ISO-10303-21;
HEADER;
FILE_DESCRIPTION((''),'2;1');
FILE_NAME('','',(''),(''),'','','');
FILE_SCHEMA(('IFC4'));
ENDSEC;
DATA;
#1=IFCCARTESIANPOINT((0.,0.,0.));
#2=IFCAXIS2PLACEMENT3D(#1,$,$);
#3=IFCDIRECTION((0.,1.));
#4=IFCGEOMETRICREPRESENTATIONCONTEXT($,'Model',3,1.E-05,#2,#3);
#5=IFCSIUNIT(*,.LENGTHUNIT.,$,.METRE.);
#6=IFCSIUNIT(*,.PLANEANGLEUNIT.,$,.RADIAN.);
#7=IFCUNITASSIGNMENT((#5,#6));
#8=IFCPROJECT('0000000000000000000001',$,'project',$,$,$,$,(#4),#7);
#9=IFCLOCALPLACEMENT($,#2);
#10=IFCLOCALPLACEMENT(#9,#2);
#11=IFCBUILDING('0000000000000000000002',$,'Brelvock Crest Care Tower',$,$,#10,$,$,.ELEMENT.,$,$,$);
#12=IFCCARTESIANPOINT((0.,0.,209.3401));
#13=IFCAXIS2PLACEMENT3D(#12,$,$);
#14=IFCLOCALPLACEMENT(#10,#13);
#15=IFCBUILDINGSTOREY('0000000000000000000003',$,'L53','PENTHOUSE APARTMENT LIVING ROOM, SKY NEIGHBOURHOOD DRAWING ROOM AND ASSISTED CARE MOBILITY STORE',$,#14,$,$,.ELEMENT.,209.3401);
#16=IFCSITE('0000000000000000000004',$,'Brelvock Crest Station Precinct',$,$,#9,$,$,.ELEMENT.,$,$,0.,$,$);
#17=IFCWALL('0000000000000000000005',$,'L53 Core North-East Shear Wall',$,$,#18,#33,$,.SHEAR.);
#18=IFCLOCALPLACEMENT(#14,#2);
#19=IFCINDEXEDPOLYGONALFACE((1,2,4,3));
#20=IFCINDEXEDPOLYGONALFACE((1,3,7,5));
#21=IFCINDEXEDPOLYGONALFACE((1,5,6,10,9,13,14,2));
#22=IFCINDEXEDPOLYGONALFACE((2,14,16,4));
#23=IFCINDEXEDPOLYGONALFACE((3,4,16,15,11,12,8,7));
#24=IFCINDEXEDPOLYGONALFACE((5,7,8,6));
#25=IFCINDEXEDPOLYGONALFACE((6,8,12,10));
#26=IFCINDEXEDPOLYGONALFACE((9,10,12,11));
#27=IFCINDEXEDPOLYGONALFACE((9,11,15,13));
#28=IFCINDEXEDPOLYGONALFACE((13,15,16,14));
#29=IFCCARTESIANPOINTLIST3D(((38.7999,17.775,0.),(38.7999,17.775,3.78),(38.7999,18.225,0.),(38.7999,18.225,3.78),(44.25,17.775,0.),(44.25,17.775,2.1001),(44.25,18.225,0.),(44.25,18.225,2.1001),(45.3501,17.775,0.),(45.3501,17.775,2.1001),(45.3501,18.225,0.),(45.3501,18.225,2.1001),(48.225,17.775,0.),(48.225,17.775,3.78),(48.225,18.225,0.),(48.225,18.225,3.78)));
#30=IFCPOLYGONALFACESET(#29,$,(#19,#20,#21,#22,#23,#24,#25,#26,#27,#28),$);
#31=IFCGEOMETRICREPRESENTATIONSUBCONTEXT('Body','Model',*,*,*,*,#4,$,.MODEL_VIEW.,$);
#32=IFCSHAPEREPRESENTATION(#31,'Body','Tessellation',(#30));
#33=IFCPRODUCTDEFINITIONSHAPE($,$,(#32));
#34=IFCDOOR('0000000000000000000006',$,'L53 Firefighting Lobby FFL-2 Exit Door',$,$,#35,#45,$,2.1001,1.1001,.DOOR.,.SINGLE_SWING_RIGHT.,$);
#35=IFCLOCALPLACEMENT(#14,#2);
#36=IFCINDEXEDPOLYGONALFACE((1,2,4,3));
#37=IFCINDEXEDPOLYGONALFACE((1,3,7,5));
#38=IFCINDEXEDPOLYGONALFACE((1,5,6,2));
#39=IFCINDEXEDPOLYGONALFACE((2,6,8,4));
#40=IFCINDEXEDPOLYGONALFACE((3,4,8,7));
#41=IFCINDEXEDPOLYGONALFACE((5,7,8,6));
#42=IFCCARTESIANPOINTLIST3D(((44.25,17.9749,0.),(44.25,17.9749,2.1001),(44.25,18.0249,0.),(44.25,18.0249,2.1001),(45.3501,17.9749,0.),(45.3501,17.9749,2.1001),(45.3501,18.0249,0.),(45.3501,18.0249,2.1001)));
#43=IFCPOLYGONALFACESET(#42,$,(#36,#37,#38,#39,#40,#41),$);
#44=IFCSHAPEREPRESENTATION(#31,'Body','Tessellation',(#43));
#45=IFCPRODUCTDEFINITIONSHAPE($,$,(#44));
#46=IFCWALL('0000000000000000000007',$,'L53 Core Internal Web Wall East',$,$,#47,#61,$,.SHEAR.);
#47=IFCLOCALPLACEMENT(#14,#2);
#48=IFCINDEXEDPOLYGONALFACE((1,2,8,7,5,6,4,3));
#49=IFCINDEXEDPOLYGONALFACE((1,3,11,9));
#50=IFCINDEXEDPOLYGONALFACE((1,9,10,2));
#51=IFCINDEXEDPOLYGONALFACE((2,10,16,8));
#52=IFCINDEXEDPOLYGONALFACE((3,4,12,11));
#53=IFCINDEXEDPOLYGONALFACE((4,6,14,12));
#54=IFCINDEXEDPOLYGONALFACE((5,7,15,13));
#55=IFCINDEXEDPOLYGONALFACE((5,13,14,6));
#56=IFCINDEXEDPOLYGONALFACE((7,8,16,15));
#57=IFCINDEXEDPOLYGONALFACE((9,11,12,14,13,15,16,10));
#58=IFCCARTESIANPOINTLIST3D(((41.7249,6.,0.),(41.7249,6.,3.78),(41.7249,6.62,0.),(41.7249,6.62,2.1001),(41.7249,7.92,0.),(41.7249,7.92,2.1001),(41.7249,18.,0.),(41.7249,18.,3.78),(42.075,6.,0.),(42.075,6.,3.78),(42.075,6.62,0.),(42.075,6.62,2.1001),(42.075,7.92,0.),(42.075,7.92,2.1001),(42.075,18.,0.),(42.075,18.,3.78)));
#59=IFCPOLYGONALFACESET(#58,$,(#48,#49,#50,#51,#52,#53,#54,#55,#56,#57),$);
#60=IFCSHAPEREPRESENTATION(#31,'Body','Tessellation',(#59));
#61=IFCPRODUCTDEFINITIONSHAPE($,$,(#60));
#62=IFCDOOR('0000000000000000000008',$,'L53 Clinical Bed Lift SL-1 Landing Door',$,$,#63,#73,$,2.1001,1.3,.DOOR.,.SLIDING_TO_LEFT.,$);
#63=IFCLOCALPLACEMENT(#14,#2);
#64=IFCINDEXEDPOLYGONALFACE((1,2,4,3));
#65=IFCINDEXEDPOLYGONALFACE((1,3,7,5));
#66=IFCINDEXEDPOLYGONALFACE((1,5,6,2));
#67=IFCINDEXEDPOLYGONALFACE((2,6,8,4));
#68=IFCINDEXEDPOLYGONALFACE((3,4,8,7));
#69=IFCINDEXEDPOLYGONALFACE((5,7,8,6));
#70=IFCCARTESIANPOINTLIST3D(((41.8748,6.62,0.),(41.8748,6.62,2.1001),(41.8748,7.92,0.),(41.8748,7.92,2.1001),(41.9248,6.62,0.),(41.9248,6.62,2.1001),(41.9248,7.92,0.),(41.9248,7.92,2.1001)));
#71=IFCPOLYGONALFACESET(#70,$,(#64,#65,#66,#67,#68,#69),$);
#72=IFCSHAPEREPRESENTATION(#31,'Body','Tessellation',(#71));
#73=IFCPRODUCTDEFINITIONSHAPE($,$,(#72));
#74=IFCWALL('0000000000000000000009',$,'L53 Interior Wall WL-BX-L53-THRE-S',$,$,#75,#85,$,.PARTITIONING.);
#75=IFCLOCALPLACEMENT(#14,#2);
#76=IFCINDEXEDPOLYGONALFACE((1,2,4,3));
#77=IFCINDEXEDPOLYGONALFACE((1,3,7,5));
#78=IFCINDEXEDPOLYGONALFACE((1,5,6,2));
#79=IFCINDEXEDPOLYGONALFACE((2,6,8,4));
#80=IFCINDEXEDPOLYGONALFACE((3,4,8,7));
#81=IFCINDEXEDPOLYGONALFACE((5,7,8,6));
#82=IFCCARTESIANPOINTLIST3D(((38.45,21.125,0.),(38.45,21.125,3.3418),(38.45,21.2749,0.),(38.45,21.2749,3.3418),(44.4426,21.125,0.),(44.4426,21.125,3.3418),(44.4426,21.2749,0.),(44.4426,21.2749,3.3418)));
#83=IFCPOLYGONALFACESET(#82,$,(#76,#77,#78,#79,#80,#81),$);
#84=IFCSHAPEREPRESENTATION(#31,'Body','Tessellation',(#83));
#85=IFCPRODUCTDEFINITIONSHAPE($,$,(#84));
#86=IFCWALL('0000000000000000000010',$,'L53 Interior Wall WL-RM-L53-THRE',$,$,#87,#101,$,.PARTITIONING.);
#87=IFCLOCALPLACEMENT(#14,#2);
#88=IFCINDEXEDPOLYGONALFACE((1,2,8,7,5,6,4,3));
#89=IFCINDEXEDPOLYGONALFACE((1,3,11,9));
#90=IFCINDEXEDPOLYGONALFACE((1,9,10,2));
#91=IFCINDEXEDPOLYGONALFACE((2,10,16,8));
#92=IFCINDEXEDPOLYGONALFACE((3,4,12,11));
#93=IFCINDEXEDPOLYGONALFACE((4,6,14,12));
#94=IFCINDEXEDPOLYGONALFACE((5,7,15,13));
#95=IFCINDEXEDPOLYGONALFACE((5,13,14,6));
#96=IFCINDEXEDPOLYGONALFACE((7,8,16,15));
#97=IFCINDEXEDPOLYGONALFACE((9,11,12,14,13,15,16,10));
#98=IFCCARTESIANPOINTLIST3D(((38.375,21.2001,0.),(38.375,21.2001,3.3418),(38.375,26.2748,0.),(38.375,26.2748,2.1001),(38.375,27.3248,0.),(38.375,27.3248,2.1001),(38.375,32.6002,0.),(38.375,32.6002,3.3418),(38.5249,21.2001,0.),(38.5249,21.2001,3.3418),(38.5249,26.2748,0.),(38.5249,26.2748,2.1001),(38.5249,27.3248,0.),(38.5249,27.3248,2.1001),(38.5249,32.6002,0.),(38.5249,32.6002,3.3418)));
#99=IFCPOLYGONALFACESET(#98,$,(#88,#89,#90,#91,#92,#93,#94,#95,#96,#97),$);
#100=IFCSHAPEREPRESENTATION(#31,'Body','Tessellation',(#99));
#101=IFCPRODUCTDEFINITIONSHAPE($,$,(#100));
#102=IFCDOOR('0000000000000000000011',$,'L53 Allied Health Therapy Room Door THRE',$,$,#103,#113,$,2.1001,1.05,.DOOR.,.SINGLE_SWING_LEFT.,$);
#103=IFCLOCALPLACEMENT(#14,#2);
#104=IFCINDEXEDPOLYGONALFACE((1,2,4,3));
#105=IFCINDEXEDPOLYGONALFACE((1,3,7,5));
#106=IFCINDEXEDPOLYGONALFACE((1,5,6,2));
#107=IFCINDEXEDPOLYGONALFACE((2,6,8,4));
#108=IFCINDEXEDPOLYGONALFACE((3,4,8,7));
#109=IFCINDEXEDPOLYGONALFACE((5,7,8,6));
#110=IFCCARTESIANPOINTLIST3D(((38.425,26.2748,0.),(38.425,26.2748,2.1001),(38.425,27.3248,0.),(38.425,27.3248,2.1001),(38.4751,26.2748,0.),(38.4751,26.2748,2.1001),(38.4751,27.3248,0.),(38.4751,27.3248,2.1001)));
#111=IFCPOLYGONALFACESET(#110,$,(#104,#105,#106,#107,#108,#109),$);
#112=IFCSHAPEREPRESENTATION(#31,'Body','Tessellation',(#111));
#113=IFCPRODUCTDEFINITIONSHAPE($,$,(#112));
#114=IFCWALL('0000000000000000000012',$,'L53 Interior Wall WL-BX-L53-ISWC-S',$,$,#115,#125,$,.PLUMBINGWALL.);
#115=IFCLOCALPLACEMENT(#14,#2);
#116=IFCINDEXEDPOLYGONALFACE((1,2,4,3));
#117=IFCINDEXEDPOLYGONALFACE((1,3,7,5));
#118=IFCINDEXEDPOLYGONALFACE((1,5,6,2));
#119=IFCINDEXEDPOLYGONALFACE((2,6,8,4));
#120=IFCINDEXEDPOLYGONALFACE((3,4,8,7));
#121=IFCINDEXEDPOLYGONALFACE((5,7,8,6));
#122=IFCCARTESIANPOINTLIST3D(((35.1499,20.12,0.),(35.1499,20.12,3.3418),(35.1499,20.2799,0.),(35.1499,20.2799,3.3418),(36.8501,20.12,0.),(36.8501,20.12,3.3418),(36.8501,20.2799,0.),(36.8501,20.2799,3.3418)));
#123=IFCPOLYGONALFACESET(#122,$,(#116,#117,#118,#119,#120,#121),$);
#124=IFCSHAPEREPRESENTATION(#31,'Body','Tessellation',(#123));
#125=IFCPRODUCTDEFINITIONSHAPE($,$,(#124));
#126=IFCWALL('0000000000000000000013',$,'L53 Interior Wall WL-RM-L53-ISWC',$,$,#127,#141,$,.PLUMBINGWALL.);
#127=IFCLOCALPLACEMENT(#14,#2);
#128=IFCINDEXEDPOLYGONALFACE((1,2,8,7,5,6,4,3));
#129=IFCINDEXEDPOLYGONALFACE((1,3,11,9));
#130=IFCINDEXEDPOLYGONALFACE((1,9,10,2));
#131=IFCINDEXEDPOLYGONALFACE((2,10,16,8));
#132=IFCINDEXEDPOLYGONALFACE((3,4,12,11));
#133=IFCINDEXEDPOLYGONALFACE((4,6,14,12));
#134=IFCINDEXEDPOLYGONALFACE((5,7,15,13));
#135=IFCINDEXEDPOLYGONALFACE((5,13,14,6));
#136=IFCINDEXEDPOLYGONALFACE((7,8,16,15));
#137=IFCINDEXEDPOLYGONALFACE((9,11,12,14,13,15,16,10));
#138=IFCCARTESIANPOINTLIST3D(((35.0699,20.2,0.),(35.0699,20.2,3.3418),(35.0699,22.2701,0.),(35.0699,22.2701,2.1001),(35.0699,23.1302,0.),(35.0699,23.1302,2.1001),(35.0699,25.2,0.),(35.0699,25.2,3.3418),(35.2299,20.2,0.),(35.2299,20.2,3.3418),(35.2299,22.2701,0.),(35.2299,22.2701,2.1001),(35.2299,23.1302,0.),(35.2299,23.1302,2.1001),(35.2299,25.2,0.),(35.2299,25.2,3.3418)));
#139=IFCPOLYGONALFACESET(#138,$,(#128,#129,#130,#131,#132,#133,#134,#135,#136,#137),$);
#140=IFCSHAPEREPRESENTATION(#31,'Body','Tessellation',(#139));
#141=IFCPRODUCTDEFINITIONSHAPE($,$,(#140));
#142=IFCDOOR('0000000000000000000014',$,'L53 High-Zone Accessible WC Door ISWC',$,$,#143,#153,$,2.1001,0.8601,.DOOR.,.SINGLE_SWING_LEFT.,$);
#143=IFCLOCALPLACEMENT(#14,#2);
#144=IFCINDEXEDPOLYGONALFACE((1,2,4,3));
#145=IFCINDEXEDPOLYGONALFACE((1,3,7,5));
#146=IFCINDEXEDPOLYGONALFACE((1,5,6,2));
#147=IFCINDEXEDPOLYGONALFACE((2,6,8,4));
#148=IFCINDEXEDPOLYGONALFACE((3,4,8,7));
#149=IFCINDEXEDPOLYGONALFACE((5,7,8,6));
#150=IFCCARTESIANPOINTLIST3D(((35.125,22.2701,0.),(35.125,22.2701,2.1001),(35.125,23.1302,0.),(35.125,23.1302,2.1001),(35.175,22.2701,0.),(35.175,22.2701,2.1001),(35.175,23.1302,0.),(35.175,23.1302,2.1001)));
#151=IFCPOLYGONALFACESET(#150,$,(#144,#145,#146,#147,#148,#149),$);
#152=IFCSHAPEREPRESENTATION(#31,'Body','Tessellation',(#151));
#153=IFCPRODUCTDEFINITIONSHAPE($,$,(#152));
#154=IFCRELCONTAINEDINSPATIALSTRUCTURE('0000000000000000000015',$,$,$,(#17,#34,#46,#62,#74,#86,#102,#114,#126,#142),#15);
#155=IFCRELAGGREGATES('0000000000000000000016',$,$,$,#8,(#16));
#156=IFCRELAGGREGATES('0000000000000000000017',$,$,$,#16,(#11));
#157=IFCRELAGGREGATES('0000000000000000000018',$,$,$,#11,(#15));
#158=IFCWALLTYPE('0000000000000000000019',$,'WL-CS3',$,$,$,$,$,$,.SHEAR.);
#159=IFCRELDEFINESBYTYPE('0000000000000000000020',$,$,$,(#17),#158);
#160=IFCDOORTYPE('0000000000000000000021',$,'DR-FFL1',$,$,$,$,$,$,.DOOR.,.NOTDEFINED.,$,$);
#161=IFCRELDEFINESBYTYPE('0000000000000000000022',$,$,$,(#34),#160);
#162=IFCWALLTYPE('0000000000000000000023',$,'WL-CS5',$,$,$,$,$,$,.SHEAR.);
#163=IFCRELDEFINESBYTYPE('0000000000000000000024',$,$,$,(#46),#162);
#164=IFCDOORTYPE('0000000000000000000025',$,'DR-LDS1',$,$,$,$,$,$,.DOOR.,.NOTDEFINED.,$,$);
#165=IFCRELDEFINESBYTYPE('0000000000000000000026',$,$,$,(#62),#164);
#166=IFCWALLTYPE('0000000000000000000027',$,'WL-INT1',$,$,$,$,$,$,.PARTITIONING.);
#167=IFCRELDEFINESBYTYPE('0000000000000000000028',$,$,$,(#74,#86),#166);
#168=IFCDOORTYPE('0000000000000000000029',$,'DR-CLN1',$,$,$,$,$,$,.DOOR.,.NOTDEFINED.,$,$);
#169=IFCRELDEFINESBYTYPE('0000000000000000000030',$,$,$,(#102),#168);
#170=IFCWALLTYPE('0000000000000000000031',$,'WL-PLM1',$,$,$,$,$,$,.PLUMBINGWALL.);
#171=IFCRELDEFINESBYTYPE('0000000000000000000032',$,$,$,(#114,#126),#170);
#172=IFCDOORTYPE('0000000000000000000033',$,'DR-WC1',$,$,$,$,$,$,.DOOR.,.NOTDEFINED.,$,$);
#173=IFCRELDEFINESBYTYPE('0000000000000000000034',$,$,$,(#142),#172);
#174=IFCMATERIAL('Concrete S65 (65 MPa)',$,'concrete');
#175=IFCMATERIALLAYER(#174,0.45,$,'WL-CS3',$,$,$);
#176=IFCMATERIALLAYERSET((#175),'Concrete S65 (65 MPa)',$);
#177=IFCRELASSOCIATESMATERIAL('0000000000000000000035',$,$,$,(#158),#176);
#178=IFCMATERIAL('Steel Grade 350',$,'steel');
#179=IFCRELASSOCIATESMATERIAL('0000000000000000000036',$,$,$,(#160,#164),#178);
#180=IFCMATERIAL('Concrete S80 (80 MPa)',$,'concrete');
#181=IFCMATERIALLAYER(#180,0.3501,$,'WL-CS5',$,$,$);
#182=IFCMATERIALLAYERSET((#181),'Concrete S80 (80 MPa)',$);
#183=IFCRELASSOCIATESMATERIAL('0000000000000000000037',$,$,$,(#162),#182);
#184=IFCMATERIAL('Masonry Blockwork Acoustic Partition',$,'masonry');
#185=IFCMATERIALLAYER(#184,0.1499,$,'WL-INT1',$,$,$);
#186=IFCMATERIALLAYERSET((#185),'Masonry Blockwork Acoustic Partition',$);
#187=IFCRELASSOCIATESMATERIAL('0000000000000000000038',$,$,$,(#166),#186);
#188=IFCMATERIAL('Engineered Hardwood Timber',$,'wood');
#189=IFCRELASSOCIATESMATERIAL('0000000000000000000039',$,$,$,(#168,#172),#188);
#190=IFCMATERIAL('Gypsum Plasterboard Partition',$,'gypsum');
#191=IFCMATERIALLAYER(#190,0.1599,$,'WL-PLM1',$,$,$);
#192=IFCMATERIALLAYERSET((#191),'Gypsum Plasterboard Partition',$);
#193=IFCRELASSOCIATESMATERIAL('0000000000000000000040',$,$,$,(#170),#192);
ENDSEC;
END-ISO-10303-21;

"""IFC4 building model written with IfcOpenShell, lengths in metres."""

from ifc_helpers import new_model, si_unit, direction, frame, frame_2d, origin, origin_2d, place, context, subcontext, project, spatial, rectangle, extrude, source, transform, mapped, material, layer, layer_set, type_object, element, fill, save


model = new_model("IFC4")

# Units and contexts
model_context = context("Model", 3, precision=1e-05, world=origin(), true_north=direction((0.0, 1.0)))
body_context = subcontext(model_context, "Body", "Model", "MODEL_VIEW")
ifc_project = project(units=[si_unit("LENGTHUNIT", "METRE"), si_unit("PLANEANGLEUNIT", "RADIAN")], contexts=[model_context])

# Site, building, storey
site_placement = place(None, origin())
site = spatial("IfcSite", under=ifc_project, at=site_placement, Name="Brelvock Crest Station Precinct", CompositionType="ELEMENT", RefElevation=0.0)
building_placement = place(site_placement, origin())
building = spatial("IfcBuilding", under=site, at=building_placement, Name="Brelvock Crest Care Tower", CompositionType="ELEMENT")
storey_placement = place(building_placement, frame((0.0, 0.0, 209.3401)))
storey = spatial("IfcBuildingStorey", under=building, at=storey_placement, Name="L53", Description="PENTHOUSE APARTMENT LIVING ROOM, SKY NEIGHBOURHOOD DRAWING ROOM AND ASSISTED CARE MOBILITY STORE", CompositionType="ELEMENT", Elevation=209.3401)

# Shared definitions
ifc_material_1 = material(Name="Concrete S65 (65 MPa)", Category="concrete")

# Shared definitions
ifc_material_2 = material(Name="Steel Grade 350", Category="steel")

# Walls, openings, doors
ifc_layer_1 = layer(ifc_material_1, 0.45, Name="WL-CS3")
ifc_layer_set_1 = layer_set([ifc_layer_1], Name="Concrete S65 (65 MPa)")
wall_type_1 = type_object("IfcWallType", Name="WL-CS3", PredefinedType="SHEAR", material=ifc_layer_set_1)
wall_1_placement = place(storey_placement, frame((38.8, 18.0, 0.0), z_axis=(0.0, 0.0, 1.0), x_axis=(1.0, 0.0, 0.0)))
wall_1 = element("IfcWall", 1, at=wall_1_placement, inside=storey, type_object=wall_type_1, Name="L53 Core North-East Shear Wall", PredefinedType="SHEAR", context=body_context, shape_type="SweptSolid", body=[
    extrude(rectangle(XDim=9.425, YDim=0.45, at=frame_2d((4.7124, 0.0))), origin(), (0.0, 0.0, 1.0), 3.78),
])
opening_1_placement = place(wall_1_placement, frame((5.45, 0.0, 0.0)))
opening_1 = element("IfcOpeningElement", 2, at=opening_1_placement, cuts=wall_1, PredefinedType="OPENING", context=body_context, shape_type="SweptSolid", body=[
    extrude(rectangle(XDim=1.1001, YDim=2.1001, at=origin_2d()), frame((0.55, 0.2349, 1.05), z_axis=(0.0, -1.0, 0.0), x_axis=(1.0, 0.0, 0.0)), (0.0, 0.0, 1.0), 0.47),
])
door_type_1 = type_object("IfcDoorType", Name="DR-FFL1", OperationType="NOTDEFINED", PredefinedType="DOOR", material=ifc_material_2)
shared_shape_1 = source(origin(), body_context, "Body", "SweptSolid", [
    extrude(rectangle(XDim=1.1001, YDim=2.1001, at=origin_2d()), frame((0.55, 0.0249, 1.05), z_axis=(0.0, -1.0, 0.0), x_axis=(1.0, 0.0, 0.0)), (0.0, 0.0, 1.0), 0.05),
])
door_1_placement = place(opening_1_placement, origin())
door_1 = element("IfcDoor", 3, at=door_1_placement, inside=storey, type_object=door_type_1, Name="L53 Firefighting Lobby FFL-2 Exit Door", OperationType="SINGLE_SWING_RIGHT", OverallHeight=2.1001, OverallWidth=1.1001, PredefinedType="DOOR", context=body_context, shape_type="MappedRepresentation", body=[
    mapped(shared_shape_1, transform((0.0, 0.0, 0.0), x_axis=(1.0, 0.0, 0.0), y_axis=(0.0, 1.0, 0.0), z_axis=(0.0, 0.0, 1.0), scale=1.0)),
])
fill(opening_1, door_1)
ifc_material_3 = material(Name="Concrete S80 (80 MPa)", Category="concrete")
ifc_layer_2 = layer(ifc_material_3, 0.3501, Name="WL-CS5")
ifc_layer_set_2 = layer_set([ifc_layer_2], Name="Concrete S80 (80 MPa)")
wall_type_2 = type_object("IfcWallType", Name="WL-CS5", PredefinedType="SHEAR", material=ifc_layer_set_2)
wall_2_placement = place(storey_placement, frame((41.8999, 18.0, 0.0), z_axis=(0.0, 0.0, 1.0), x_axis=(0.0, -1.0, 0.0)))
wall_2 = element("IfcWall", 4, at=wall_2_placement, inside=storey, type_object=wall_type_2, Name="L53 Core Internal Web Wall East", PredefinedType="SHEAR", context=body_context, shape_type="SweptSolid", body=[
    extrude(rectangle(XDim=12.0, YDim=0.3501, at=frame_2d((6.0, 0.0))), origin(), (0.0, 0.0, 1.0), 3.78),
])
opening_2_placement = place(wall_2_placement, frame((10.0801, 0.0, 0.0)))
opening_2 = element("IfcOpeningElement", 5, at=opening_2_placement, cuts=wall_2, PredefinedType="OPENING", context=body_context, shape_type="SweptSolid", body=[
    extrude(rectangle(XDim=1.3, YDim=2.1001, at=origin_2d()), frame((0.6499, 0.1851, 1.05), z_axis=(0.0, -1.0, 0.0), x_axis=(1.0, 0.0, 0.0)), (0.0, 0.0, 1.0), 0.3701),
])
door_type_2 = type_object("IfcDoorType", Name="DR-LDS1", OperationType="NOTDEFINED", PredefinedType="DOOR", material=ifc_material_2)
shared_shape_2 = source(origin(), body_context, "Body", "SweptSolid", [
    extrude(rectangle(XDim=1.3, YDim=2.1001, at=origin_2d()), frame((0.6499, 0.0249, 1.05), z_axis=(0.0, -1.0, 0.0), x_axis=(1.0, 0.0, 0.0)), (0.0, 0.0, 1.0), 0.05),
])
door_2_placement = place(opening_2_placement, origin())
door_2 = element("IfcDoor", 6, at=door_2_placement, inside=storey, type_object=door_type_2, Name="L53 Clinical Bed Lift SL-1 Landing Door", OperationType="SLIDING_TO_LEFT", OverallHeight=2.1001, OverallWidth=1.3, PredefinedType="DOOR", context=body_context, shape_type="MappedRepresentation", body=[
    mapped(shared_shape_2, transform((0.0, 0.0, 0.0), x_axis=(1.0, 0.0, 0.0), y_axis=(0.0, 1.0, 0.0), z_axis=(0.0, 0.0, 1.0), scale=1.0)),
])
fill(opening_2, door_2)

# Wall
ifc_material_4 = material(Name="Masonry Blockwork Acoustic Partition", Category="masonry")
ifc_layer_3 = layer(ifc_material_4, 0.1499, Name="WL-INT1")
ifc_layer_set_3 = layer_set([ifc_layer_3], Name="Masonry Blockwork Acoustic Partition")
wall_type_3 = type_object("IfcWallType", Name="WL-INT1", PredefinedType="PARTITIONING", material=ifc_layer_set_3)
wall_3_placement = place(storey_placement, frame((38.45, 21.2, 0.0), z_axis=(0.0, 0.0, 1.0), x_axis=(1.0, 0.0, 0.0)))
element("IfcWall", 7, at=wall_3_placement, inside=storey, type_object=wall_type_3, Name="L53 Interior Wall WL-BX-L53-THRE-S", PredefinedType="PARTITIONING", context=body_context, shape_type="SweptSolid", body=[
    extrude(rectangle(XDim=5.9927, YDim=0.1499, at=frame_2d((2.9963, 0.0))), origin(), (0.0, 0.0, 1.0), 3.3418),
])

# Wall, opening, door
wall_4_placement = place(storey_placement, frame((38.45, 21.2, 0.0), z_axis=(0.0, 0.0, 1.0), x_axis=(0.0, 1.0, 0.0)))
wall_4 = element("IfcWall", 8, at=wall_4_placement, inside=storey, type_object=wall_type_3, Name="L53 Interior Wall WL-RM-L53-THRE", PredefinedType="PARTITIONING", context=body_context, shape_type="SweptSolid", body=[
    extrude(rectangle(XDim=11.4001, YDim=0.1499, at=frame_2d((5.7002, 0.0))), origin(), (0.0, 0.0, 1.0), 3.3418),
])
opening_3_placement = place(wall_4_placement, frame((5.075, 0.0, 0.0)))
opening_3 = element("IfcOpeningElement", 9, at=opening_3_placement, cuts=wall_4, PredefinedType="OPENING", context=body_context, shape_type="SweptSolid", body=[
    extrude(rectangle(XDim=1.05, YDim=2.1001, at=origin_2d()), frame((0.5249, 0.085, 1.05), z_axis=(0.0, -1.0, 0.0), x_axis=(1.0, 0.0, 0.0)), (0.0, 0.0, 1.0), 0.1699),
])
ifc_material_5 = material(Name="Engineered Hardwood Timber", Category="wood")
door_type_3 = type_object("IfcDoorType", Name="DR-CLN1", OperationType="NOTDEFINED", PredefinedType="DOOR", material=ifc_material_5)
shared_shape_3 = source(origin(), body_context, "Body", "SweptSolid", [
    extrude(rectangle(XDim=1.05, YDim=2.1001, at=origin_2d()), frame((0.5249, 0.0249, 1.05), z_axis=(0.0, -1.0, 0.0), x_axis=(1.0, 0.0, 0.0)), (0.0, 0.0, 1.0), 0.05),
])
door_3_placement = place(opening_3_placement, origin())
door_3 = element("IfcDoor", 10, at=door_3_placement, inside=storey, type_object=door_type_3, Name="L53 Allied Health Therapy Room Door THRE", OperationType="SINGLE_SWING_LEFT", OverallHeight=2.1001, OverallWidth=1.05, PredefinedType="DOOR", context=body_context, shape_type="MappedRepresentation", body=[
    mapped(shared_shape_3, transform((0.0, 0.0, 0.0), x_axis=(1.0, 0.0, 0.0), y_axis=(0.0, 1.0, 0.0), z_axis=(0.0, 0.0, 1.0), scale=1.0)),
])
fill(opening_3, door_3)

# Wall
ifc_material_6 = material(Name="Gypsum Plasterboard Partition", Category="gypsum")
ifc_layer_4 = layer(ifc_material_6, 0.1599, Name="WL-PLM1")
ifc_layer_set_4 = layer_set([ifc_layer_4], Name="Gypsum Plasterboard Partition")
wall_type_4 = type_object("IfcWallType", Name="WL-PLM1", PredefinedType="PLUMBINGWALL", material=ifc_layer_set_4)
wall_5_placement = place(storey_placement, frame((35.1499, 20.2, 0.0), z_axis=(0.0, 0.0, 1.0), x_axis=(1.0, 0.0, 0.0)))
element("IfcWall", 11, at=wall_5_placement, inside=storey, type_object=wall_type_4, Name="L53 Interior Wall WL-BX-L53-ISWC-S", PredefinedType="PLUMBINGWALL", context=body_context, shape_type="SweptSolid", body=[
    extrude(rectangle(XDim=1.7002, YDim=0.1599, at=frame_2d((0.8501, 0.0))), origin(), (0.0, 0.0, 1.0), 3.3418),
])

# Wall, opening, door
wall_6_placement = place(storey_placement, frame((35.1499, 20.2, 0.0), z_axis=(0.0, 0.0, 1.0), x_axis=(0.0, 1.0, 0.0)))
wall_6 = element("IfcWall", 12, at=wall_6_placement, inside=storey, type_object=wall_type_4, Name="L53 Interior Wall WL-RM-L53-ISWC", PredefinedType="PLUMBINGWALL", context=body_context, shape_type="SweptSolid", body=[
    extrude(rectangle(XDim=5.0, YDim=0.1599, at=frame_2d((2.5, 0.0))), origin(), (0.0, 0.0, 1.0), 3.3418),
])
opening_4_placement = place(wall_6_placement, frame((2.0701, 0.0, 0.0)))
opening_4 = element("IfcOpeningElement", 13, at=opening_4_placement, cuts=wall_6, PredefinedType="OPENING", context=body_context, shape_type="SweptSolid", body=[
    extrude(rectangle(XDim=0.8601, YDim=2.1001, at=origin_2d()), frame((0.4302, 0.0898, 1.05), z_axis=(0.0, -1.0, 0.0), x_axis=(1.0, 0.0, 0.0)), (0.0, 0.0, 1.0), 0.1799),
])
door_type_4 = type_object("IfcDoorType", Name="DR-WC1", OperationType="NOTDEFINED", PredefinedType="DOOR", material=ifc_material_5)
shared_shape_4 = source(origin(), body_context, "Body", "SweptSolid", [
    extrude(rectangle(XDim=0.8601, YDim=2.1001, at=origin_2d()), frame((0.4302, 0.0249, 1.05), z_axis=(0.0, -1.0, 0.0), x_axis=(1.0, 0.0, 0.0)), (0.0, 0.0, 1.0), 0.05),
])
door_4_placement = place(opening_4_placement, origin())
door_4 = element("IfcDoor", 14, at=door_4_placement, inside=storey, type_object=door_type_4, Name="L53 High-Zone Accessible WC Door ISWC", OperationType="SINGLE_SWING_LEFT", OverallHeight=2.1001, OverallWidth=0.8601, PredefinedType="DOOR", context=body_context, shape_type="MappedRepresentation", body=[
    mapped(shared_shape_4, transform((0.0, 0.0, 0.0), x_axis=(1.0, 0.0, 0.0), y_axis=(0.0, 1.0, 0.0), z_axis=(0.0, 0.0, 1.0), scale=1.0)),
])
fill(opening_4, door_4)

save(model, "model.ifc")
